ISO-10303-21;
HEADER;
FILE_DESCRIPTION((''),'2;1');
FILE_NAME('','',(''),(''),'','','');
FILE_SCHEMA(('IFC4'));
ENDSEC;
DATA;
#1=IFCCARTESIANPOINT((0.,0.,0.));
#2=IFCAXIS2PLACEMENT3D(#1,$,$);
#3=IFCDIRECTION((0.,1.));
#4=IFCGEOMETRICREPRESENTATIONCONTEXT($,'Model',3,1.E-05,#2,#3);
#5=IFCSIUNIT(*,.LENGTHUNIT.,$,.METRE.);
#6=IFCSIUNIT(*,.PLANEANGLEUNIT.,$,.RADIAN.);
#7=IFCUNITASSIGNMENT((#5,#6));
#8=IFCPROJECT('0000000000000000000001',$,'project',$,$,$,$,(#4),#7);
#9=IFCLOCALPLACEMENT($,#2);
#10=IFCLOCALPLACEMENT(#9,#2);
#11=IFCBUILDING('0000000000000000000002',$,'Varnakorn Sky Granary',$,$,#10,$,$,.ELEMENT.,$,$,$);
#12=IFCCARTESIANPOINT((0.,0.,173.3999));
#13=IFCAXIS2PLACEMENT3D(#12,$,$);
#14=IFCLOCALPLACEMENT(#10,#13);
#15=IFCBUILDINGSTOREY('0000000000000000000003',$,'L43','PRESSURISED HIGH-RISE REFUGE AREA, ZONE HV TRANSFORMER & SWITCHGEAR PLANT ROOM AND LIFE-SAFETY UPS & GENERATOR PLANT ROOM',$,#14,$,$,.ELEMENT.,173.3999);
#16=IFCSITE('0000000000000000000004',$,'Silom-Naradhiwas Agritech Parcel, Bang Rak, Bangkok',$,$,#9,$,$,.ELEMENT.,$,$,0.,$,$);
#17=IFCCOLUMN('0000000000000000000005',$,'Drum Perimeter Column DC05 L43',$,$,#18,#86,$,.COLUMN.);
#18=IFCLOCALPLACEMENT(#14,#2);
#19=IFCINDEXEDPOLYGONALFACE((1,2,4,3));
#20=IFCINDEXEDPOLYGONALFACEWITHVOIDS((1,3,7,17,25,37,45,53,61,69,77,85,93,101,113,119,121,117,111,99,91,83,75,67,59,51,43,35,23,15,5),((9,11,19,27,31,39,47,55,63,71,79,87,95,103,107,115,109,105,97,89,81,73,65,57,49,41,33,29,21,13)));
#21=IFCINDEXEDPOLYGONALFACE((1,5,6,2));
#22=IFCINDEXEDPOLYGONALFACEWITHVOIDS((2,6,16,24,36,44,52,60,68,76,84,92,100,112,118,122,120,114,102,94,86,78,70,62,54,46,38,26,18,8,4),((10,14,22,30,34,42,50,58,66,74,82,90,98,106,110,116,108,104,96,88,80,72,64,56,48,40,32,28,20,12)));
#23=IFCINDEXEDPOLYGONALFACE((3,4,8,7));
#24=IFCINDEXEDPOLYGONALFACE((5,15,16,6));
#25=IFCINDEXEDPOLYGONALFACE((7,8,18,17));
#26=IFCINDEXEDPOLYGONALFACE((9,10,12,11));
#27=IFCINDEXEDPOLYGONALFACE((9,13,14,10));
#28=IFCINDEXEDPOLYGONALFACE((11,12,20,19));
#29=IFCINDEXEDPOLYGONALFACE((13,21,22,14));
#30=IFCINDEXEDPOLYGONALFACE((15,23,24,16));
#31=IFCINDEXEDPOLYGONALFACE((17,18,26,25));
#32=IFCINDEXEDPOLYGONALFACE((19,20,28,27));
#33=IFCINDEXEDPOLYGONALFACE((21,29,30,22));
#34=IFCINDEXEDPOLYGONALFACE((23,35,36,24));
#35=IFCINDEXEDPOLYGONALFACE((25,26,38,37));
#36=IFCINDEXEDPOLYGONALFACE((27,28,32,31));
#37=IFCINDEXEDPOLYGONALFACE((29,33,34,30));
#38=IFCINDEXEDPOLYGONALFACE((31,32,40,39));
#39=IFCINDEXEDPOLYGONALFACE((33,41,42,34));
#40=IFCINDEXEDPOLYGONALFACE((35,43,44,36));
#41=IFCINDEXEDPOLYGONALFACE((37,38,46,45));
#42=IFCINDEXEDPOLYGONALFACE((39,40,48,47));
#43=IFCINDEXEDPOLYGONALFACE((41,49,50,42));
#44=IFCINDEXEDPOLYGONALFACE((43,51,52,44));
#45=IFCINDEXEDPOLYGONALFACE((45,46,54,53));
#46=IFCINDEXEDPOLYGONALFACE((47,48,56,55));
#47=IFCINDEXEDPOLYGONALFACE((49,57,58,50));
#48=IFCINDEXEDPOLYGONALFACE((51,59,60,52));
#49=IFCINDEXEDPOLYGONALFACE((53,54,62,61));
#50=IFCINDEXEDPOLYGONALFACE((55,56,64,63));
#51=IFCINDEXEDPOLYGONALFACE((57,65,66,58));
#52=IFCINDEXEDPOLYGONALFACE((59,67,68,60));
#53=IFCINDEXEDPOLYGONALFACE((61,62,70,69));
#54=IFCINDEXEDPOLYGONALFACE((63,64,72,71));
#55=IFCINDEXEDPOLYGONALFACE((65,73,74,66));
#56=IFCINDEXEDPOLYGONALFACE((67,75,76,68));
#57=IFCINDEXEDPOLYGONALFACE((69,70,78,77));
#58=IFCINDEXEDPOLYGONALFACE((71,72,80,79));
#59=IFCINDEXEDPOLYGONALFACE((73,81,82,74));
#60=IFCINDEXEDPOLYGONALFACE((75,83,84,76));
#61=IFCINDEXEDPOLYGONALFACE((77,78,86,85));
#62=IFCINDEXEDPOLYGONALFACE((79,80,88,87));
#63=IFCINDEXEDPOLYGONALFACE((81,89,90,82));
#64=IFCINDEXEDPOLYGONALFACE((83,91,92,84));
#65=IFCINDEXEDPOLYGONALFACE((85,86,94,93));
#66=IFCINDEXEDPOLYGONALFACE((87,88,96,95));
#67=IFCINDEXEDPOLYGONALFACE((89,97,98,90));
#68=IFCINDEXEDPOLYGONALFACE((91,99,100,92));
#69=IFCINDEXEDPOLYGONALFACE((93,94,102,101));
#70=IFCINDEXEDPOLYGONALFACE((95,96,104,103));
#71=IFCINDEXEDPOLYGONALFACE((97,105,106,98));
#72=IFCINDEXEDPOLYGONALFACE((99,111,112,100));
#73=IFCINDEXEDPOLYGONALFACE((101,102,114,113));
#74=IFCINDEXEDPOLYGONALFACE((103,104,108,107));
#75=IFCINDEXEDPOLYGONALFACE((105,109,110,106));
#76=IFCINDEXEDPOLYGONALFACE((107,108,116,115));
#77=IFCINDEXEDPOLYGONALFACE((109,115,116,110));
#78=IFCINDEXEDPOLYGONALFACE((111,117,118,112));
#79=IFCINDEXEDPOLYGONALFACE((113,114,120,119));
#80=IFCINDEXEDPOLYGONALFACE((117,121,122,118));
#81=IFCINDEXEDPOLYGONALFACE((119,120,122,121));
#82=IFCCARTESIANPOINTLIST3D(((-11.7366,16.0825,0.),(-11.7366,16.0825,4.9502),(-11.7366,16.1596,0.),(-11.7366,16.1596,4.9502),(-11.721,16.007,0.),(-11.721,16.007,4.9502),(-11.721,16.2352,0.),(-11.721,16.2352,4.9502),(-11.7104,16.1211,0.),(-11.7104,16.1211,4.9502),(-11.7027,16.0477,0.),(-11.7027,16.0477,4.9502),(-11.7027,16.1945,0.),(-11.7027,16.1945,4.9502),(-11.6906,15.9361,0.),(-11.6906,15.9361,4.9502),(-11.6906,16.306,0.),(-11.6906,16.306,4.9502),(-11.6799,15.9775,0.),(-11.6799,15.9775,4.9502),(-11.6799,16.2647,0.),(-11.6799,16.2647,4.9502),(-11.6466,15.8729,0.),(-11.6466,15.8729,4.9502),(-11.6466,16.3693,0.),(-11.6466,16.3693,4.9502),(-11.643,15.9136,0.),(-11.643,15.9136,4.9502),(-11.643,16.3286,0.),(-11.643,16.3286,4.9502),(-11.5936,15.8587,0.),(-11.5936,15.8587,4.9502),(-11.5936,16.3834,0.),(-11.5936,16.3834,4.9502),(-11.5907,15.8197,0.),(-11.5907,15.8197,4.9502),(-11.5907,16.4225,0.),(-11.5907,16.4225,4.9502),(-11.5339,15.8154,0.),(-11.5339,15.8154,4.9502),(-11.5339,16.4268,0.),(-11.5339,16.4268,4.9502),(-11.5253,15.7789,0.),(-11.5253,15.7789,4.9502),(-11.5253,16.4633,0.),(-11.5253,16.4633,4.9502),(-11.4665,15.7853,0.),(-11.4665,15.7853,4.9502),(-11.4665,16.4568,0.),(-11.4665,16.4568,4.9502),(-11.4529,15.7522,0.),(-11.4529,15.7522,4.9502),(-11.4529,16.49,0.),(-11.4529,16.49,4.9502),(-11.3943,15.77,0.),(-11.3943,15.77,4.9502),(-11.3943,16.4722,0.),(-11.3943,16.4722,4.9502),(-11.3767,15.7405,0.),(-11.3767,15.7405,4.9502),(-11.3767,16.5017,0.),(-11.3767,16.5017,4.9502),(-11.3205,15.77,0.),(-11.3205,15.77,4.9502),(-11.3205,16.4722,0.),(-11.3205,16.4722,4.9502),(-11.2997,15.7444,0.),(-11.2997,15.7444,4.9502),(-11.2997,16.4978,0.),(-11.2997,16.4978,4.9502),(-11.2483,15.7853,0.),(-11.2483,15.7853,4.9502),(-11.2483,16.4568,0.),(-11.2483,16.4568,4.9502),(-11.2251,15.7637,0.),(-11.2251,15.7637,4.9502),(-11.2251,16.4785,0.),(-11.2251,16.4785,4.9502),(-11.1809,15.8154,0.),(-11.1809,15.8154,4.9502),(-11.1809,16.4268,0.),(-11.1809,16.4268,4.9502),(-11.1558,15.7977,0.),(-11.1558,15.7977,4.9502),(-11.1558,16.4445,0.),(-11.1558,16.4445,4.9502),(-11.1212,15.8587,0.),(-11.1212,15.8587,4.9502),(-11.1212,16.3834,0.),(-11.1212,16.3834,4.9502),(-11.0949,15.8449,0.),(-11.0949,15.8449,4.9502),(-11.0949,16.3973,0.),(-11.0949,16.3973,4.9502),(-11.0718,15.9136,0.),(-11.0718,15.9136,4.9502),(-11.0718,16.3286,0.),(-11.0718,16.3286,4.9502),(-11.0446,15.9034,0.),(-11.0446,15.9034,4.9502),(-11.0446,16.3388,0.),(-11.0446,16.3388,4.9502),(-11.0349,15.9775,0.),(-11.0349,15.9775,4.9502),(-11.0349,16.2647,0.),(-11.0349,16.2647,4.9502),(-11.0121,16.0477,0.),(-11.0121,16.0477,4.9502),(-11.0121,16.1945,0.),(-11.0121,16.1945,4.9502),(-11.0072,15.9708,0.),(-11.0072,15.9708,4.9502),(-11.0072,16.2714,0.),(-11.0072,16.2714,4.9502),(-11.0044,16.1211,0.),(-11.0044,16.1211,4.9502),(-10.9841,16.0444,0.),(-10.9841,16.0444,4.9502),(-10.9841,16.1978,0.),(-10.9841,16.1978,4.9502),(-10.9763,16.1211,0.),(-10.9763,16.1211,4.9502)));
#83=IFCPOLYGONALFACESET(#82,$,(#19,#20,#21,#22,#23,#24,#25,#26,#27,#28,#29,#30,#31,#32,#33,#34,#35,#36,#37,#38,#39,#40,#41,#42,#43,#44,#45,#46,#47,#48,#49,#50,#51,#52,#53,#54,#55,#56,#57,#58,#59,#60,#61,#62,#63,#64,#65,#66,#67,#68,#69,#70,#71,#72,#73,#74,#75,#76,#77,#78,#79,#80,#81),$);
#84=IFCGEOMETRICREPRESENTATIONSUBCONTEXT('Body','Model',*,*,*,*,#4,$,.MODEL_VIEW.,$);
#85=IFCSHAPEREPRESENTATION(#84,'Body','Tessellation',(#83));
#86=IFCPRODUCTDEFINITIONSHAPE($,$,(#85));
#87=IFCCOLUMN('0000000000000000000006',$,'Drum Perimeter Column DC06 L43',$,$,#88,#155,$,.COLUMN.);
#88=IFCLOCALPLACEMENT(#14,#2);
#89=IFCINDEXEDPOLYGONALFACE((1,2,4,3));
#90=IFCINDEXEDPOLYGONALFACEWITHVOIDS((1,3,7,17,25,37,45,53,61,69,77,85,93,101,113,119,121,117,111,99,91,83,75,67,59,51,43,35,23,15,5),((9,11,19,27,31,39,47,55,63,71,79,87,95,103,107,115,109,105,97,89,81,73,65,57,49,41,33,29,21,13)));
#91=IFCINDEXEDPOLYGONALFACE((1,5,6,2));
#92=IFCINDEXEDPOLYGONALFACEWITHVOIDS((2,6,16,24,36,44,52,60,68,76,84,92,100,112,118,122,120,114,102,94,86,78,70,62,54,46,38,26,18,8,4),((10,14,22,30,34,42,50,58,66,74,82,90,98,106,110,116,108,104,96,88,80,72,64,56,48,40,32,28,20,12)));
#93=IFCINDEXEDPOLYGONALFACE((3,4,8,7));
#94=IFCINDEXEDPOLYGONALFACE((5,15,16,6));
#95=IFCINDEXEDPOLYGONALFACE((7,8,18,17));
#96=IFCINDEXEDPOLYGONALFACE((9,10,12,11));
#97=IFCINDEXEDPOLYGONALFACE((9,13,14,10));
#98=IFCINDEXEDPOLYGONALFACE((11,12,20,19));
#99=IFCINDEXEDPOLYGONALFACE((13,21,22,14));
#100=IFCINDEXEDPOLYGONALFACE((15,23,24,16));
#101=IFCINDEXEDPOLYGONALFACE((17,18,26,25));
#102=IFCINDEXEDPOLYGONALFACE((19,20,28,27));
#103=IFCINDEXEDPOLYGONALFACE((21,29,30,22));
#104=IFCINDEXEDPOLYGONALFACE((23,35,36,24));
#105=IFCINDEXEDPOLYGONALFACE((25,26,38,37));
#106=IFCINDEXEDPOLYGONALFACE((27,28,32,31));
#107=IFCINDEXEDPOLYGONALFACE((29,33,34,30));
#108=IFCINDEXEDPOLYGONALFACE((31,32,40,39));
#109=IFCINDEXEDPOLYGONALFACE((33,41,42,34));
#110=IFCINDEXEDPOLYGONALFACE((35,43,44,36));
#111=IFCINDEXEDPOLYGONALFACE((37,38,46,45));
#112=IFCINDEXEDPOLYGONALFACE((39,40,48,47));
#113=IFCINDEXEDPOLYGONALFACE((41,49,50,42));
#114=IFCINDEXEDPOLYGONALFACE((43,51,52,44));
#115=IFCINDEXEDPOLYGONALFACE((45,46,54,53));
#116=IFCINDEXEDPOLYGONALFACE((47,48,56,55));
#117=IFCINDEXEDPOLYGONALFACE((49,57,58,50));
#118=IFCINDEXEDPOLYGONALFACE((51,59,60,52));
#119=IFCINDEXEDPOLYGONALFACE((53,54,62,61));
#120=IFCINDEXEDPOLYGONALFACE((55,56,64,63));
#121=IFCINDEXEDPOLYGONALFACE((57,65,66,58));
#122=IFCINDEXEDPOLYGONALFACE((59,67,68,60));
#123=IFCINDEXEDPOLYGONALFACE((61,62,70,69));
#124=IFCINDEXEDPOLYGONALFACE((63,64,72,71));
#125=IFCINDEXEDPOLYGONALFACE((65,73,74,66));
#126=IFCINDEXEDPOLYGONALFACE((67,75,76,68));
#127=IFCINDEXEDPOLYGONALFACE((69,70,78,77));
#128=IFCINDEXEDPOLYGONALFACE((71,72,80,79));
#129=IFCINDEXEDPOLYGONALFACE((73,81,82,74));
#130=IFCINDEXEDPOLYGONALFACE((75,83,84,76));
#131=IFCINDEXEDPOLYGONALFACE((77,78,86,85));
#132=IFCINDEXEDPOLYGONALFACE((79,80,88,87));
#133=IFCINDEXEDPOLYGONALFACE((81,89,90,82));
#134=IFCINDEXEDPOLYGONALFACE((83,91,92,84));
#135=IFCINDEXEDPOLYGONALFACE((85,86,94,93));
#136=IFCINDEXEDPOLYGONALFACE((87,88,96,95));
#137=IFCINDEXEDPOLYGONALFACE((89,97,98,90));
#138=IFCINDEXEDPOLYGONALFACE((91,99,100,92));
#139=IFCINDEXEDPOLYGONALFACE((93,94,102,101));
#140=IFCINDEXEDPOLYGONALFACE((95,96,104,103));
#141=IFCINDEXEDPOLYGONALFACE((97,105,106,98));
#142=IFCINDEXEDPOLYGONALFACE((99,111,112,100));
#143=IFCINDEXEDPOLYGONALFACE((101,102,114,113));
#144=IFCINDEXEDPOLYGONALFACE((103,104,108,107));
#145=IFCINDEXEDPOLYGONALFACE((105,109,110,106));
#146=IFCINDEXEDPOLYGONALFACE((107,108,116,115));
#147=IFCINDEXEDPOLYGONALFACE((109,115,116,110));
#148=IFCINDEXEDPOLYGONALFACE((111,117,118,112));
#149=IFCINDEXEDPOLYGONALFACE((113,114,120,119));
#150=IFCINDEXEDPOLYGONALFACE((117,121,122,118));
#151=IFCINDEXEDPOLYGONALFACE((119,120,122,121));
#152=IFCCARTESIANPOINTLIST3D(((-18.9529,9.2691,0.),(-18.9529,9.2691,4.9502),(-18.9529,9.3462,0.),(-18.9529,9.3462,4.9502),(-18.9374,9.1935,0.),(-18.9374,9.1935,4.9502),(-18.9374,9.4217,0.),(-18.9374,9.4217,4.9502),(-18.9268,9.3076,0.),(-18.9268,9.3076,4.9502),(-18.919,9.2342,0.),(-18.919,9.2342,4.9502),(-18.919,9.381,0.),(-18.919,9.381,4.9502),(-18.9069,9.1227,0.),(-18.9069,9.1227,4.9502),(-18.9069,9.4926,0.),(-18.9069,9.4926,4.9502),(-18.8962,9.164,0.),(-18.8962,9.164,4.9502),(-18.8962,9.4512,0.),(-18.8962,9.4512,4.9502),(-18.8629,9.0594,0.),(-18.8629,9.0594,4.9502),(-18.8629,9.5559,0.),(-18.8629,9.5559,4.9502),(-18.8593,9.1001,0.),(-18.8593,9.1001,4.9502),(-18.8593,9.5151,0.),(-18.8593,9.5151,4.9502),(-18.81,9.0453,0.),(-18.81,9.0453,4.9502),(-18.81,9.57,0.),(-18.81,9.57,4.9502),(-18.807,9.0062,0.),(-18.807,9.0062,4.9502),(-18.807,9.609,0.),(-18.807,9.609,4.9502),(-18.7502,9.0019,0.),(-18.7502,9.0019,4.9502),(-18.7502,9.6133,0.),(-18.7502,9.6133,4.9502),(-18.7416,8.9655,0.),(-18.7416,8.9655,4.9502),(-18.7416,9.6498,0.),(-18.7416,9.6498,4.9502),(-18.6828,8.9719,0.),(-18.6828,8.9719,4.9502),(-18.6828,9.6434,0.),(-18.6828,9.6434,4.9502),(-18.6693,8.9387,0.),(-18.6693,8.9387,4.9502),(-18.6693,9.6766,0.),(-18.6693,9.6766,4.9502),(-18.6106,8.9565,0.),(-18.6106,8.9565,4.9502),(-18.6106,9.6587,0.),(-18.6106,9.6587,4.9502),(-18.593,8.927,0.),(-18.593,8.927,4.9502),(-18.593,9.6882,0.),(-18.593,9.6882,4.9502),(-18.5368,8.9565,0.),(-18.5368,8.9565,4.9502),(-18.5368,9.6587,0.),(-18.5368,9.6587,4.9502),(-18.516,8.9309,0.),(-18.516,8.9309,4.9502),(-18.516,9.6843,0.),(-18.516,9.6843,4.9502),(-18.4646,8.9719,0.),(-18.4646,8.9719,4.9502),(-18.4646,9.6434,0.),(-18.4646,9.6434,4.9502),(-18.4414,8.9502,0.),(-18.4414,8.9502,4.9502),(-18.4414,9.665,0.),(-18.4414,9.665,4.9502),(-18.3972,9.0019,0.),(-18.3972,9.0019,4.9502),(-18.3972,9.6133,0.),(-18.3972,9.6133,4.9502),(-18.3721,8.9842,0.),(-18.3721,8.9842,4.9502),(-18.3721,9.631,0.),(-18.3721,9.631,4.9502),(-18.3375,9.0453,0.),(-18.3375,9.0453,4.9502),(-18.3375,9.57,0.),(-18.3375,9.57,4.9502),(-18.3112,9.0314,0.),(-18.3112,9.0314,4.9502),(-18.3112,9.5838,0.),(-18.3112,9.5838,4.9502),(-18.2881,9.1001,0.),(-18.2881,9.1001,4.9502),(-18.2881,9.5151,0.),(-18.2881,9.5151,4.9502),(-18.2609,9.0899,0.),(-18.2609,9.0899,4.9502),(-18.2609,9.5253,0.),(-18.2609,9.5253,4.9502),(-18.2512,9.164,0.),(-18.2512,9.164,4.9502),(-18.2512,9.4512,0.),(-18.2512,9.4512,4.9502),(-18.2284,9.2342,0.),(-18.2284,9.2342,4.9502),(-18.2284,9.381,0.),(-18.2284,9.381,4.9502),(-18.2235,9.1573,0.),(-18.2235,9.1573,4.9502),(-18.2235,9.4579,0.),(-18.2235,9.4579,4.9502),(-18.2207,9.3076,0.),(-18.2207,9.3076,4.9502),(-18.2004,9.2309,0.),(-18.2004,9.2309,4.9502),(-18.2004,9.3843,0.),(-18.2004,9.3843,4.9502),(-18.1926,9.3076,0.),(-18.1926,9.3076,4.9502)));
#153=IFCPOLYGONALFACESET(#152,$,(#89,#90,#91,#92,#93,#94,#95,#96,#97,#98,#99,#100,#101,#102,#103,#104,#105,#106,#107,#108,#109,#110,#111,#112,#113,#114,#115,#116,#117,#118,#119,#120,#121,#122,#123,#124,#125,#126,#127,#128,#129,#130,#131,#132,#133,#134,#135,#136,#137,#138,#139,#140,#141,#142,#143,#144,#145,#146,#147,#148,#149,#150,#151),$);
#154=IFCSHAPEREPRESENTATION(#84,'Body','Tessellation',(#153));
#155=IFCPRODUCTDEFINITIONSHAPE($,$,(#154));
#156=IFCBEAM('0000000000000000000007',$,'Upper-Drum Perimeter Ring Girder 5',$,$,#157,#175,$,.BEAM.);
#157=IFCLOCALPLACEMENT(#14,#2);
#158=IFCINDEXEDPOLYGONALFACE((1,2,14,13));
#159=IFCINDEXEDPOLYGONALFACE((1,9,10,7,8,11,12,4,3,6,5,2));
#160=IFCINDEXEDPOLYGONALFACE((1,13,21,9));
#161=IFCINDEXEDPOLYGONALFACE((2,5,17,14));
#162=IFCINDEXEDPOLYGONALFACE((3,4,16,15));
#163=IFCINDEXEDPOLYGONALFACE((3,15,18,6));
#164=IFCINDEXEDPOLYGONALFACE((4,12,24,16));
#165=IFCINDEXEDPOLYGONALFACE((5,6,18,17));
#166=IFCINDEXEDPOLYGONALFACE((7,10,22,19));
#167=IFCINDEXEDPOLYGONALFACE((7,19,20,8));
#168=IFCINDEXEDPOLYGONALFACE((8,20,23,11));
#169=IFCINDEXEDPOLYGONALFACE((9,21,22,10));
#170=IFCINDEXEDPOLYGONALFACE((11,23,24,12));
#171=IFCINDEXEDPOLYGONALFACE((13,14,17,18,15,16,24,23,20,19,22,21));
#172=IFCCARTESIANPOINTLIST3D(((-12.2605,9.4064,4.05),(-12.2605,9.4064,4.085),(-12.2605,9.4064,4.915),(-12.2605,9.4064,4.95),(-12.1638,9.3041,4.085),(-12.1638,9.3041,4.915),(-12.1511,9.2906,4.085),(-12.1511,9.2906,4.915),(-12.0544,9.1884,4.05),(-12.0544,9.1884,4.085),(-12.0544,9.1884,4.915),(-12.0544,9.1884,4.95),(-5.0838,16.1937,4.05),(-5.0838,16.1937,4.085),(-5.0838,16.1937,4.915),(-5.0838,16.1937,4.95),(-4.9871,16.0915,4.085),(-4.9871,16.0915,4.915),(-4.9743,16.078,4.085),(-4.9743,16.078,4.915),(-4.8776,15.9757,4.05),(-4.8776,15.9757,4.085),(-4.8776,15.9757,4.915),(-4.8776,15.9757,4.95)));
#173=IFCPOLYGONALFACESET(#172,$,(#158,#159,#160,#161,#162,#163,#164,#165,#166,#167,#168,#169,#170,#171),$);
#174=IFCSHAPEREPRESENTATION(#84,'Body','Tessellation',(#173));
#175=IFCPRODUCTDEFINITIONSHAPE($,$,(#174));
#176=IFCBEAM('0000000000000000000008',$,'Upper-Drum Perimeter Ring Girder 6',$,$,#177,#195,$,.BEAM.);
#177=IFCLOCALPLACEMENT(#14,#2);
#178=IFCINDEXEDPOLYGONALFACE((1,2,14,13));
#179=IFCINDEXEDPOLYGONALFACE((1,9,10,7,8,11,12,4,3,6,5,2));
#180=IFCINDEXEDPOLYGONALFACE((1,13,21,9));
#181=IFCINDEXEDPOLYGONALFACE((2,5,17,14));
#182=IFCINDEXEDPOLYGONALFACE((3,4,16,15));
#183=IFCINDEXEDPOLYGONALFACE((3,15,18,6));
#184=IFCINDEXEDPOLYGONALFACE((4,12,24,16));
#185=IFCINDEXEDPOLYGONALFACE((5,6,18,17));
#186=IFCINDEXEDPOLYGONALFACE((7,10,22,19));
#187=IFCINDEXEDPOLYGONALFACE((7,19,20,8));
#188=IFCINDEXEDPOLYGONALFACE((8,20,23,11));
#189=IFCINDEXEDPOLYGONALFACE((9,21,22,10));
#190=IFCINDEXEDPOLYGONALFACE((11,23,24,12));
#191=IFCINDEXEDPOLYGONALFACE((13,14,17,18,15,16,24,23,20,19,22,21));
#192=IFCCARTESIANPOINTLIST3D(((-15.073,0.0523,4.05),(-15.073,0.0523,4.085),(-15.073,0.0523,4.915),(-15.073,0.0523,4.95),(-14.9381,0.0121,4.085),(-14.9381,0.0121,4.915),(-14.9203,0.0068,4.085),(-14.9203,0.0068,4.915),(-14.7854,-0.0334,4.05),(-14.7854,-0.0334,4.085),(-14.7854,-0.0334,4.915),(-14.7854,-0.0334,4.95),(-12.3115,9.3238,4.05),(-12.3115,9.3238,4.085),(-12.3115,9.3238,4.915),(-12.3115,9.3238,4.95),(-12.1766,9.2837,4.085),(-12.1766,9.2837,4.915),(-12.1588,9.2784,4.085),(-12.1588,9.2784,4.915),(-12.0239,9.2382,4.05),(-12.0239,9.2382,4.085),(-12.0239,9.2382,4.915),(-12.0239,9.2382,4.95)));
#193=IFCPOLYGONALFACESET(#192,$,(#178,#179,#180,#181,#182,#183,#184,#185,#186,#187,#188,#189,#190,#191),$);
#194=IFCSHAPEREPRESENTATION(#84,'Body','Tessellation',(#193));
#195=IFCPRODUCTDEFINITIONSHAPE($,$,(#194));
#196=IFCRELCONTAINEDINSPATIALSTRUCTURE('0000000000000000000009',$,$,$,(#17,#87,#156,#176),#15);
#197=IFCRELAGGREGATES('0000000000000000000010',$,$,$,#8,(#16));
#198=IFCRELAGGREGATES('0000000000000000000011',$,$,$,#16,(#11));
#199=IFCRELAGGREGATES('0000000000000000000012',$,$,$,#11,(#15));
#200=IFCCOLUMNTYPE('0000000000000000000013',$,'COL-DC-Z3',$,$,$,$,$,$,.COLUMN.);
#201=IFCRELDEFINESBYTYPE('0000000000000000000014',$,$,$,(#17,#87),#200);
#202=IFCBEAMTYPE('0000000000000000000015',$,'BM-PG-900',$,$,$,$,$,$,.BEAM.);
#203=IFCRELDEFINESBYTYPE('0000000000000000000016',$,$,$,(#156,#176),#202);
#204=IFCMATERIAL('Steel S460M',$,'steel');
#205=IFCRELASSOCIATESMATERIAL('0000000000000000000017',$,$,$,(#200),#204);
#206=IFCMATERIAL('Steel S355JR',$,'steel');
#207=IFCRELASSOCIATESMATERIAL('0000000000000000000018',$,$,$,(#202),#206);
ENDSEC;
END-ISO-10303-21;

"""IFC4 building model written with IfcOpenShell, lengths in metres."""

from ifc_helpers import new_model, si_unit, direction, frame, origin, origin_2d, place, context, subcontext, project, spatial, hollow_circle, i_section, extrude, material, material_profile, profile_set, type_object, element, save


model = new_model("IFC4")

# Units and contexts
model_context = context("Model", 3, precision=1e-05, world=origin(), true_north=direction((0.0, 1.0)))
body_context = subcontext(model_context, "Body", "Model", "MODEL_VIEW")
ifc_project = project(units=[si_unit("LENGTHUNIT", "METRE"), si_unit("PLANEANGLEUNIT", "RADIAN")], contexts=[model_context])

# Site, building, storey
site_placement = place(None, origin())
site = spatial("IfcSite", under=ifc_project, at=site_placement, Name="Silom-Naradhiwas Agritech Parcel, Bang Rak, Bangkok", CompositionType="ELEMENT", RefElevation=0.0)
building_placement = place(site_placement, origin())
building = spatial("IfcBuilding", under=site, at=building_placement, Name="Varnakorn Sky Granary", CompositionType="ELEMENT")
storey_placement = place(building_placement, frame((0.0, 0.0, 173.3999)))
storey = spatial("IfcBuildingStorey", under=building, at=storey_placement, Name="L43", Description="PRESSURISED HIGH-RISE REFUGE AREA, ZONE HV TRANSFORMER & SWITCHGEAR PLANT ROOM AND LIFE-SAFETY UPS & GENERATOR PLANT ROOM", CompositionType="ELEMENT", Elevation=173.3999)

# Columns
ifc_material_1 = material(Name="Steel S460M", Category="steel")
ifc_material_profile_1 = material_profile(ifc_material_1, hollow_circle(Radius=0.3811, WallThickness=0.0281, at=origin_2d()), Name="CHS 762x28")
ifc_profile_set_1 = profile_set([ifc_material_profile_1], Name="Steel S460M")
column_type = type_object("IfcColumnType", Name="COL-DC-Z3", PredefinedType="COLUMN", material=ifc_profile_set_1)
for number, where, z_axis, x_axis, name in (
    (1, (-11.3574, 16.1211, 0.0), (0.0, 0.0, 1.0), (1.0, 0.0, 0.0), "Drum Perimeter Column DC05 L43"),
    (2, (-18.5737, 9.3076, 0.0), (0.0, 0.0, 1.0), (1.0, 0.0, 0.0), "Drum Perimeter Column DC06 L43"),
):
    element("IfcColumn", number, at=place(storey_placement, frame(where, z_axis=z_axis, x_axis=x_axis)), inside=storey, type_object=column_type, Name=name, PredefinedType="COLUMN", context=body_context, shape_type="SweptSolid", body=[
        extrude(hollow_circle(Radius=0.3811, WallThickness=0.0281, at=origin_2d()), origin(), (0.0, 0.0, 1.0), 4.9502),
    ])

# Beams
ifc_material_2 = material(Name="Steel S355JR", Category="steel")
ifc_material_profile_2 = material_profile(ifc_material_2, i_section(OverallWidth=0.3, OverallDepth=0.8999, WebThickness=0.0186, FlangeThickness=0.0349, at=origin_2d()), Name="HE 900 B")
ifc_profile_set_2 = profile_set([ifc_material_profile_2], Name="Steel S355JR")
beam_type_1 = type_object("IfcBeamType", Name="BM-PG-900", PredefinedType="BEAM", material=ifc_profile_set_2)
beam_1_placement = place(storey_placement, frame((-4.9807, 16.0847, 4.5), z_axis=(-0.726543, -0.687121, 0.0), x_axis=(0.687121, -0.726543, 0.0)))
element("IfcBeam", 3, at=beam_1_placement, inside=storey, type_object=beam_type_1, Name="Upper-Drum Perimeter Ring Girder 5", PredefinedType="BEAM", context=body_context, shape_type="SweptSolid", body=[
    extrude(i_section(OverallWidth=0.3, OverallDepth=0.8999, WebThickness=0.0186, FlangeThickness=0.0349, at=origin_2d()), origin(), (0.0, 0.0, 1.0), 9.8779),
])
beam_2_placement = place(storey_placement, frame((-12.1677, 9.281, 4.5), z_axis=(-0.285453, -0.958393, 0.0), x_axis=(0.958393, -0.285453, 0.0)))
element("IfcBeam", 4, at=beam_2_placement, inside=storey, type_object=beam_type_1, Name="Upper-Drum Perimeter Ring Girder 6", PredefinedType="BEAM", context=body_context, shape_type="SweptSolid", body=[
    extrude(i_section(OverallWidth=0.3, OverallDepth=0.8999, WebThickness=0.0186, FlangeThickness=0.0349, at=origin_2d()), origin(), (0.0, 0.0, 1.0), 9.6741),
])

save(model, "model.ifc")
